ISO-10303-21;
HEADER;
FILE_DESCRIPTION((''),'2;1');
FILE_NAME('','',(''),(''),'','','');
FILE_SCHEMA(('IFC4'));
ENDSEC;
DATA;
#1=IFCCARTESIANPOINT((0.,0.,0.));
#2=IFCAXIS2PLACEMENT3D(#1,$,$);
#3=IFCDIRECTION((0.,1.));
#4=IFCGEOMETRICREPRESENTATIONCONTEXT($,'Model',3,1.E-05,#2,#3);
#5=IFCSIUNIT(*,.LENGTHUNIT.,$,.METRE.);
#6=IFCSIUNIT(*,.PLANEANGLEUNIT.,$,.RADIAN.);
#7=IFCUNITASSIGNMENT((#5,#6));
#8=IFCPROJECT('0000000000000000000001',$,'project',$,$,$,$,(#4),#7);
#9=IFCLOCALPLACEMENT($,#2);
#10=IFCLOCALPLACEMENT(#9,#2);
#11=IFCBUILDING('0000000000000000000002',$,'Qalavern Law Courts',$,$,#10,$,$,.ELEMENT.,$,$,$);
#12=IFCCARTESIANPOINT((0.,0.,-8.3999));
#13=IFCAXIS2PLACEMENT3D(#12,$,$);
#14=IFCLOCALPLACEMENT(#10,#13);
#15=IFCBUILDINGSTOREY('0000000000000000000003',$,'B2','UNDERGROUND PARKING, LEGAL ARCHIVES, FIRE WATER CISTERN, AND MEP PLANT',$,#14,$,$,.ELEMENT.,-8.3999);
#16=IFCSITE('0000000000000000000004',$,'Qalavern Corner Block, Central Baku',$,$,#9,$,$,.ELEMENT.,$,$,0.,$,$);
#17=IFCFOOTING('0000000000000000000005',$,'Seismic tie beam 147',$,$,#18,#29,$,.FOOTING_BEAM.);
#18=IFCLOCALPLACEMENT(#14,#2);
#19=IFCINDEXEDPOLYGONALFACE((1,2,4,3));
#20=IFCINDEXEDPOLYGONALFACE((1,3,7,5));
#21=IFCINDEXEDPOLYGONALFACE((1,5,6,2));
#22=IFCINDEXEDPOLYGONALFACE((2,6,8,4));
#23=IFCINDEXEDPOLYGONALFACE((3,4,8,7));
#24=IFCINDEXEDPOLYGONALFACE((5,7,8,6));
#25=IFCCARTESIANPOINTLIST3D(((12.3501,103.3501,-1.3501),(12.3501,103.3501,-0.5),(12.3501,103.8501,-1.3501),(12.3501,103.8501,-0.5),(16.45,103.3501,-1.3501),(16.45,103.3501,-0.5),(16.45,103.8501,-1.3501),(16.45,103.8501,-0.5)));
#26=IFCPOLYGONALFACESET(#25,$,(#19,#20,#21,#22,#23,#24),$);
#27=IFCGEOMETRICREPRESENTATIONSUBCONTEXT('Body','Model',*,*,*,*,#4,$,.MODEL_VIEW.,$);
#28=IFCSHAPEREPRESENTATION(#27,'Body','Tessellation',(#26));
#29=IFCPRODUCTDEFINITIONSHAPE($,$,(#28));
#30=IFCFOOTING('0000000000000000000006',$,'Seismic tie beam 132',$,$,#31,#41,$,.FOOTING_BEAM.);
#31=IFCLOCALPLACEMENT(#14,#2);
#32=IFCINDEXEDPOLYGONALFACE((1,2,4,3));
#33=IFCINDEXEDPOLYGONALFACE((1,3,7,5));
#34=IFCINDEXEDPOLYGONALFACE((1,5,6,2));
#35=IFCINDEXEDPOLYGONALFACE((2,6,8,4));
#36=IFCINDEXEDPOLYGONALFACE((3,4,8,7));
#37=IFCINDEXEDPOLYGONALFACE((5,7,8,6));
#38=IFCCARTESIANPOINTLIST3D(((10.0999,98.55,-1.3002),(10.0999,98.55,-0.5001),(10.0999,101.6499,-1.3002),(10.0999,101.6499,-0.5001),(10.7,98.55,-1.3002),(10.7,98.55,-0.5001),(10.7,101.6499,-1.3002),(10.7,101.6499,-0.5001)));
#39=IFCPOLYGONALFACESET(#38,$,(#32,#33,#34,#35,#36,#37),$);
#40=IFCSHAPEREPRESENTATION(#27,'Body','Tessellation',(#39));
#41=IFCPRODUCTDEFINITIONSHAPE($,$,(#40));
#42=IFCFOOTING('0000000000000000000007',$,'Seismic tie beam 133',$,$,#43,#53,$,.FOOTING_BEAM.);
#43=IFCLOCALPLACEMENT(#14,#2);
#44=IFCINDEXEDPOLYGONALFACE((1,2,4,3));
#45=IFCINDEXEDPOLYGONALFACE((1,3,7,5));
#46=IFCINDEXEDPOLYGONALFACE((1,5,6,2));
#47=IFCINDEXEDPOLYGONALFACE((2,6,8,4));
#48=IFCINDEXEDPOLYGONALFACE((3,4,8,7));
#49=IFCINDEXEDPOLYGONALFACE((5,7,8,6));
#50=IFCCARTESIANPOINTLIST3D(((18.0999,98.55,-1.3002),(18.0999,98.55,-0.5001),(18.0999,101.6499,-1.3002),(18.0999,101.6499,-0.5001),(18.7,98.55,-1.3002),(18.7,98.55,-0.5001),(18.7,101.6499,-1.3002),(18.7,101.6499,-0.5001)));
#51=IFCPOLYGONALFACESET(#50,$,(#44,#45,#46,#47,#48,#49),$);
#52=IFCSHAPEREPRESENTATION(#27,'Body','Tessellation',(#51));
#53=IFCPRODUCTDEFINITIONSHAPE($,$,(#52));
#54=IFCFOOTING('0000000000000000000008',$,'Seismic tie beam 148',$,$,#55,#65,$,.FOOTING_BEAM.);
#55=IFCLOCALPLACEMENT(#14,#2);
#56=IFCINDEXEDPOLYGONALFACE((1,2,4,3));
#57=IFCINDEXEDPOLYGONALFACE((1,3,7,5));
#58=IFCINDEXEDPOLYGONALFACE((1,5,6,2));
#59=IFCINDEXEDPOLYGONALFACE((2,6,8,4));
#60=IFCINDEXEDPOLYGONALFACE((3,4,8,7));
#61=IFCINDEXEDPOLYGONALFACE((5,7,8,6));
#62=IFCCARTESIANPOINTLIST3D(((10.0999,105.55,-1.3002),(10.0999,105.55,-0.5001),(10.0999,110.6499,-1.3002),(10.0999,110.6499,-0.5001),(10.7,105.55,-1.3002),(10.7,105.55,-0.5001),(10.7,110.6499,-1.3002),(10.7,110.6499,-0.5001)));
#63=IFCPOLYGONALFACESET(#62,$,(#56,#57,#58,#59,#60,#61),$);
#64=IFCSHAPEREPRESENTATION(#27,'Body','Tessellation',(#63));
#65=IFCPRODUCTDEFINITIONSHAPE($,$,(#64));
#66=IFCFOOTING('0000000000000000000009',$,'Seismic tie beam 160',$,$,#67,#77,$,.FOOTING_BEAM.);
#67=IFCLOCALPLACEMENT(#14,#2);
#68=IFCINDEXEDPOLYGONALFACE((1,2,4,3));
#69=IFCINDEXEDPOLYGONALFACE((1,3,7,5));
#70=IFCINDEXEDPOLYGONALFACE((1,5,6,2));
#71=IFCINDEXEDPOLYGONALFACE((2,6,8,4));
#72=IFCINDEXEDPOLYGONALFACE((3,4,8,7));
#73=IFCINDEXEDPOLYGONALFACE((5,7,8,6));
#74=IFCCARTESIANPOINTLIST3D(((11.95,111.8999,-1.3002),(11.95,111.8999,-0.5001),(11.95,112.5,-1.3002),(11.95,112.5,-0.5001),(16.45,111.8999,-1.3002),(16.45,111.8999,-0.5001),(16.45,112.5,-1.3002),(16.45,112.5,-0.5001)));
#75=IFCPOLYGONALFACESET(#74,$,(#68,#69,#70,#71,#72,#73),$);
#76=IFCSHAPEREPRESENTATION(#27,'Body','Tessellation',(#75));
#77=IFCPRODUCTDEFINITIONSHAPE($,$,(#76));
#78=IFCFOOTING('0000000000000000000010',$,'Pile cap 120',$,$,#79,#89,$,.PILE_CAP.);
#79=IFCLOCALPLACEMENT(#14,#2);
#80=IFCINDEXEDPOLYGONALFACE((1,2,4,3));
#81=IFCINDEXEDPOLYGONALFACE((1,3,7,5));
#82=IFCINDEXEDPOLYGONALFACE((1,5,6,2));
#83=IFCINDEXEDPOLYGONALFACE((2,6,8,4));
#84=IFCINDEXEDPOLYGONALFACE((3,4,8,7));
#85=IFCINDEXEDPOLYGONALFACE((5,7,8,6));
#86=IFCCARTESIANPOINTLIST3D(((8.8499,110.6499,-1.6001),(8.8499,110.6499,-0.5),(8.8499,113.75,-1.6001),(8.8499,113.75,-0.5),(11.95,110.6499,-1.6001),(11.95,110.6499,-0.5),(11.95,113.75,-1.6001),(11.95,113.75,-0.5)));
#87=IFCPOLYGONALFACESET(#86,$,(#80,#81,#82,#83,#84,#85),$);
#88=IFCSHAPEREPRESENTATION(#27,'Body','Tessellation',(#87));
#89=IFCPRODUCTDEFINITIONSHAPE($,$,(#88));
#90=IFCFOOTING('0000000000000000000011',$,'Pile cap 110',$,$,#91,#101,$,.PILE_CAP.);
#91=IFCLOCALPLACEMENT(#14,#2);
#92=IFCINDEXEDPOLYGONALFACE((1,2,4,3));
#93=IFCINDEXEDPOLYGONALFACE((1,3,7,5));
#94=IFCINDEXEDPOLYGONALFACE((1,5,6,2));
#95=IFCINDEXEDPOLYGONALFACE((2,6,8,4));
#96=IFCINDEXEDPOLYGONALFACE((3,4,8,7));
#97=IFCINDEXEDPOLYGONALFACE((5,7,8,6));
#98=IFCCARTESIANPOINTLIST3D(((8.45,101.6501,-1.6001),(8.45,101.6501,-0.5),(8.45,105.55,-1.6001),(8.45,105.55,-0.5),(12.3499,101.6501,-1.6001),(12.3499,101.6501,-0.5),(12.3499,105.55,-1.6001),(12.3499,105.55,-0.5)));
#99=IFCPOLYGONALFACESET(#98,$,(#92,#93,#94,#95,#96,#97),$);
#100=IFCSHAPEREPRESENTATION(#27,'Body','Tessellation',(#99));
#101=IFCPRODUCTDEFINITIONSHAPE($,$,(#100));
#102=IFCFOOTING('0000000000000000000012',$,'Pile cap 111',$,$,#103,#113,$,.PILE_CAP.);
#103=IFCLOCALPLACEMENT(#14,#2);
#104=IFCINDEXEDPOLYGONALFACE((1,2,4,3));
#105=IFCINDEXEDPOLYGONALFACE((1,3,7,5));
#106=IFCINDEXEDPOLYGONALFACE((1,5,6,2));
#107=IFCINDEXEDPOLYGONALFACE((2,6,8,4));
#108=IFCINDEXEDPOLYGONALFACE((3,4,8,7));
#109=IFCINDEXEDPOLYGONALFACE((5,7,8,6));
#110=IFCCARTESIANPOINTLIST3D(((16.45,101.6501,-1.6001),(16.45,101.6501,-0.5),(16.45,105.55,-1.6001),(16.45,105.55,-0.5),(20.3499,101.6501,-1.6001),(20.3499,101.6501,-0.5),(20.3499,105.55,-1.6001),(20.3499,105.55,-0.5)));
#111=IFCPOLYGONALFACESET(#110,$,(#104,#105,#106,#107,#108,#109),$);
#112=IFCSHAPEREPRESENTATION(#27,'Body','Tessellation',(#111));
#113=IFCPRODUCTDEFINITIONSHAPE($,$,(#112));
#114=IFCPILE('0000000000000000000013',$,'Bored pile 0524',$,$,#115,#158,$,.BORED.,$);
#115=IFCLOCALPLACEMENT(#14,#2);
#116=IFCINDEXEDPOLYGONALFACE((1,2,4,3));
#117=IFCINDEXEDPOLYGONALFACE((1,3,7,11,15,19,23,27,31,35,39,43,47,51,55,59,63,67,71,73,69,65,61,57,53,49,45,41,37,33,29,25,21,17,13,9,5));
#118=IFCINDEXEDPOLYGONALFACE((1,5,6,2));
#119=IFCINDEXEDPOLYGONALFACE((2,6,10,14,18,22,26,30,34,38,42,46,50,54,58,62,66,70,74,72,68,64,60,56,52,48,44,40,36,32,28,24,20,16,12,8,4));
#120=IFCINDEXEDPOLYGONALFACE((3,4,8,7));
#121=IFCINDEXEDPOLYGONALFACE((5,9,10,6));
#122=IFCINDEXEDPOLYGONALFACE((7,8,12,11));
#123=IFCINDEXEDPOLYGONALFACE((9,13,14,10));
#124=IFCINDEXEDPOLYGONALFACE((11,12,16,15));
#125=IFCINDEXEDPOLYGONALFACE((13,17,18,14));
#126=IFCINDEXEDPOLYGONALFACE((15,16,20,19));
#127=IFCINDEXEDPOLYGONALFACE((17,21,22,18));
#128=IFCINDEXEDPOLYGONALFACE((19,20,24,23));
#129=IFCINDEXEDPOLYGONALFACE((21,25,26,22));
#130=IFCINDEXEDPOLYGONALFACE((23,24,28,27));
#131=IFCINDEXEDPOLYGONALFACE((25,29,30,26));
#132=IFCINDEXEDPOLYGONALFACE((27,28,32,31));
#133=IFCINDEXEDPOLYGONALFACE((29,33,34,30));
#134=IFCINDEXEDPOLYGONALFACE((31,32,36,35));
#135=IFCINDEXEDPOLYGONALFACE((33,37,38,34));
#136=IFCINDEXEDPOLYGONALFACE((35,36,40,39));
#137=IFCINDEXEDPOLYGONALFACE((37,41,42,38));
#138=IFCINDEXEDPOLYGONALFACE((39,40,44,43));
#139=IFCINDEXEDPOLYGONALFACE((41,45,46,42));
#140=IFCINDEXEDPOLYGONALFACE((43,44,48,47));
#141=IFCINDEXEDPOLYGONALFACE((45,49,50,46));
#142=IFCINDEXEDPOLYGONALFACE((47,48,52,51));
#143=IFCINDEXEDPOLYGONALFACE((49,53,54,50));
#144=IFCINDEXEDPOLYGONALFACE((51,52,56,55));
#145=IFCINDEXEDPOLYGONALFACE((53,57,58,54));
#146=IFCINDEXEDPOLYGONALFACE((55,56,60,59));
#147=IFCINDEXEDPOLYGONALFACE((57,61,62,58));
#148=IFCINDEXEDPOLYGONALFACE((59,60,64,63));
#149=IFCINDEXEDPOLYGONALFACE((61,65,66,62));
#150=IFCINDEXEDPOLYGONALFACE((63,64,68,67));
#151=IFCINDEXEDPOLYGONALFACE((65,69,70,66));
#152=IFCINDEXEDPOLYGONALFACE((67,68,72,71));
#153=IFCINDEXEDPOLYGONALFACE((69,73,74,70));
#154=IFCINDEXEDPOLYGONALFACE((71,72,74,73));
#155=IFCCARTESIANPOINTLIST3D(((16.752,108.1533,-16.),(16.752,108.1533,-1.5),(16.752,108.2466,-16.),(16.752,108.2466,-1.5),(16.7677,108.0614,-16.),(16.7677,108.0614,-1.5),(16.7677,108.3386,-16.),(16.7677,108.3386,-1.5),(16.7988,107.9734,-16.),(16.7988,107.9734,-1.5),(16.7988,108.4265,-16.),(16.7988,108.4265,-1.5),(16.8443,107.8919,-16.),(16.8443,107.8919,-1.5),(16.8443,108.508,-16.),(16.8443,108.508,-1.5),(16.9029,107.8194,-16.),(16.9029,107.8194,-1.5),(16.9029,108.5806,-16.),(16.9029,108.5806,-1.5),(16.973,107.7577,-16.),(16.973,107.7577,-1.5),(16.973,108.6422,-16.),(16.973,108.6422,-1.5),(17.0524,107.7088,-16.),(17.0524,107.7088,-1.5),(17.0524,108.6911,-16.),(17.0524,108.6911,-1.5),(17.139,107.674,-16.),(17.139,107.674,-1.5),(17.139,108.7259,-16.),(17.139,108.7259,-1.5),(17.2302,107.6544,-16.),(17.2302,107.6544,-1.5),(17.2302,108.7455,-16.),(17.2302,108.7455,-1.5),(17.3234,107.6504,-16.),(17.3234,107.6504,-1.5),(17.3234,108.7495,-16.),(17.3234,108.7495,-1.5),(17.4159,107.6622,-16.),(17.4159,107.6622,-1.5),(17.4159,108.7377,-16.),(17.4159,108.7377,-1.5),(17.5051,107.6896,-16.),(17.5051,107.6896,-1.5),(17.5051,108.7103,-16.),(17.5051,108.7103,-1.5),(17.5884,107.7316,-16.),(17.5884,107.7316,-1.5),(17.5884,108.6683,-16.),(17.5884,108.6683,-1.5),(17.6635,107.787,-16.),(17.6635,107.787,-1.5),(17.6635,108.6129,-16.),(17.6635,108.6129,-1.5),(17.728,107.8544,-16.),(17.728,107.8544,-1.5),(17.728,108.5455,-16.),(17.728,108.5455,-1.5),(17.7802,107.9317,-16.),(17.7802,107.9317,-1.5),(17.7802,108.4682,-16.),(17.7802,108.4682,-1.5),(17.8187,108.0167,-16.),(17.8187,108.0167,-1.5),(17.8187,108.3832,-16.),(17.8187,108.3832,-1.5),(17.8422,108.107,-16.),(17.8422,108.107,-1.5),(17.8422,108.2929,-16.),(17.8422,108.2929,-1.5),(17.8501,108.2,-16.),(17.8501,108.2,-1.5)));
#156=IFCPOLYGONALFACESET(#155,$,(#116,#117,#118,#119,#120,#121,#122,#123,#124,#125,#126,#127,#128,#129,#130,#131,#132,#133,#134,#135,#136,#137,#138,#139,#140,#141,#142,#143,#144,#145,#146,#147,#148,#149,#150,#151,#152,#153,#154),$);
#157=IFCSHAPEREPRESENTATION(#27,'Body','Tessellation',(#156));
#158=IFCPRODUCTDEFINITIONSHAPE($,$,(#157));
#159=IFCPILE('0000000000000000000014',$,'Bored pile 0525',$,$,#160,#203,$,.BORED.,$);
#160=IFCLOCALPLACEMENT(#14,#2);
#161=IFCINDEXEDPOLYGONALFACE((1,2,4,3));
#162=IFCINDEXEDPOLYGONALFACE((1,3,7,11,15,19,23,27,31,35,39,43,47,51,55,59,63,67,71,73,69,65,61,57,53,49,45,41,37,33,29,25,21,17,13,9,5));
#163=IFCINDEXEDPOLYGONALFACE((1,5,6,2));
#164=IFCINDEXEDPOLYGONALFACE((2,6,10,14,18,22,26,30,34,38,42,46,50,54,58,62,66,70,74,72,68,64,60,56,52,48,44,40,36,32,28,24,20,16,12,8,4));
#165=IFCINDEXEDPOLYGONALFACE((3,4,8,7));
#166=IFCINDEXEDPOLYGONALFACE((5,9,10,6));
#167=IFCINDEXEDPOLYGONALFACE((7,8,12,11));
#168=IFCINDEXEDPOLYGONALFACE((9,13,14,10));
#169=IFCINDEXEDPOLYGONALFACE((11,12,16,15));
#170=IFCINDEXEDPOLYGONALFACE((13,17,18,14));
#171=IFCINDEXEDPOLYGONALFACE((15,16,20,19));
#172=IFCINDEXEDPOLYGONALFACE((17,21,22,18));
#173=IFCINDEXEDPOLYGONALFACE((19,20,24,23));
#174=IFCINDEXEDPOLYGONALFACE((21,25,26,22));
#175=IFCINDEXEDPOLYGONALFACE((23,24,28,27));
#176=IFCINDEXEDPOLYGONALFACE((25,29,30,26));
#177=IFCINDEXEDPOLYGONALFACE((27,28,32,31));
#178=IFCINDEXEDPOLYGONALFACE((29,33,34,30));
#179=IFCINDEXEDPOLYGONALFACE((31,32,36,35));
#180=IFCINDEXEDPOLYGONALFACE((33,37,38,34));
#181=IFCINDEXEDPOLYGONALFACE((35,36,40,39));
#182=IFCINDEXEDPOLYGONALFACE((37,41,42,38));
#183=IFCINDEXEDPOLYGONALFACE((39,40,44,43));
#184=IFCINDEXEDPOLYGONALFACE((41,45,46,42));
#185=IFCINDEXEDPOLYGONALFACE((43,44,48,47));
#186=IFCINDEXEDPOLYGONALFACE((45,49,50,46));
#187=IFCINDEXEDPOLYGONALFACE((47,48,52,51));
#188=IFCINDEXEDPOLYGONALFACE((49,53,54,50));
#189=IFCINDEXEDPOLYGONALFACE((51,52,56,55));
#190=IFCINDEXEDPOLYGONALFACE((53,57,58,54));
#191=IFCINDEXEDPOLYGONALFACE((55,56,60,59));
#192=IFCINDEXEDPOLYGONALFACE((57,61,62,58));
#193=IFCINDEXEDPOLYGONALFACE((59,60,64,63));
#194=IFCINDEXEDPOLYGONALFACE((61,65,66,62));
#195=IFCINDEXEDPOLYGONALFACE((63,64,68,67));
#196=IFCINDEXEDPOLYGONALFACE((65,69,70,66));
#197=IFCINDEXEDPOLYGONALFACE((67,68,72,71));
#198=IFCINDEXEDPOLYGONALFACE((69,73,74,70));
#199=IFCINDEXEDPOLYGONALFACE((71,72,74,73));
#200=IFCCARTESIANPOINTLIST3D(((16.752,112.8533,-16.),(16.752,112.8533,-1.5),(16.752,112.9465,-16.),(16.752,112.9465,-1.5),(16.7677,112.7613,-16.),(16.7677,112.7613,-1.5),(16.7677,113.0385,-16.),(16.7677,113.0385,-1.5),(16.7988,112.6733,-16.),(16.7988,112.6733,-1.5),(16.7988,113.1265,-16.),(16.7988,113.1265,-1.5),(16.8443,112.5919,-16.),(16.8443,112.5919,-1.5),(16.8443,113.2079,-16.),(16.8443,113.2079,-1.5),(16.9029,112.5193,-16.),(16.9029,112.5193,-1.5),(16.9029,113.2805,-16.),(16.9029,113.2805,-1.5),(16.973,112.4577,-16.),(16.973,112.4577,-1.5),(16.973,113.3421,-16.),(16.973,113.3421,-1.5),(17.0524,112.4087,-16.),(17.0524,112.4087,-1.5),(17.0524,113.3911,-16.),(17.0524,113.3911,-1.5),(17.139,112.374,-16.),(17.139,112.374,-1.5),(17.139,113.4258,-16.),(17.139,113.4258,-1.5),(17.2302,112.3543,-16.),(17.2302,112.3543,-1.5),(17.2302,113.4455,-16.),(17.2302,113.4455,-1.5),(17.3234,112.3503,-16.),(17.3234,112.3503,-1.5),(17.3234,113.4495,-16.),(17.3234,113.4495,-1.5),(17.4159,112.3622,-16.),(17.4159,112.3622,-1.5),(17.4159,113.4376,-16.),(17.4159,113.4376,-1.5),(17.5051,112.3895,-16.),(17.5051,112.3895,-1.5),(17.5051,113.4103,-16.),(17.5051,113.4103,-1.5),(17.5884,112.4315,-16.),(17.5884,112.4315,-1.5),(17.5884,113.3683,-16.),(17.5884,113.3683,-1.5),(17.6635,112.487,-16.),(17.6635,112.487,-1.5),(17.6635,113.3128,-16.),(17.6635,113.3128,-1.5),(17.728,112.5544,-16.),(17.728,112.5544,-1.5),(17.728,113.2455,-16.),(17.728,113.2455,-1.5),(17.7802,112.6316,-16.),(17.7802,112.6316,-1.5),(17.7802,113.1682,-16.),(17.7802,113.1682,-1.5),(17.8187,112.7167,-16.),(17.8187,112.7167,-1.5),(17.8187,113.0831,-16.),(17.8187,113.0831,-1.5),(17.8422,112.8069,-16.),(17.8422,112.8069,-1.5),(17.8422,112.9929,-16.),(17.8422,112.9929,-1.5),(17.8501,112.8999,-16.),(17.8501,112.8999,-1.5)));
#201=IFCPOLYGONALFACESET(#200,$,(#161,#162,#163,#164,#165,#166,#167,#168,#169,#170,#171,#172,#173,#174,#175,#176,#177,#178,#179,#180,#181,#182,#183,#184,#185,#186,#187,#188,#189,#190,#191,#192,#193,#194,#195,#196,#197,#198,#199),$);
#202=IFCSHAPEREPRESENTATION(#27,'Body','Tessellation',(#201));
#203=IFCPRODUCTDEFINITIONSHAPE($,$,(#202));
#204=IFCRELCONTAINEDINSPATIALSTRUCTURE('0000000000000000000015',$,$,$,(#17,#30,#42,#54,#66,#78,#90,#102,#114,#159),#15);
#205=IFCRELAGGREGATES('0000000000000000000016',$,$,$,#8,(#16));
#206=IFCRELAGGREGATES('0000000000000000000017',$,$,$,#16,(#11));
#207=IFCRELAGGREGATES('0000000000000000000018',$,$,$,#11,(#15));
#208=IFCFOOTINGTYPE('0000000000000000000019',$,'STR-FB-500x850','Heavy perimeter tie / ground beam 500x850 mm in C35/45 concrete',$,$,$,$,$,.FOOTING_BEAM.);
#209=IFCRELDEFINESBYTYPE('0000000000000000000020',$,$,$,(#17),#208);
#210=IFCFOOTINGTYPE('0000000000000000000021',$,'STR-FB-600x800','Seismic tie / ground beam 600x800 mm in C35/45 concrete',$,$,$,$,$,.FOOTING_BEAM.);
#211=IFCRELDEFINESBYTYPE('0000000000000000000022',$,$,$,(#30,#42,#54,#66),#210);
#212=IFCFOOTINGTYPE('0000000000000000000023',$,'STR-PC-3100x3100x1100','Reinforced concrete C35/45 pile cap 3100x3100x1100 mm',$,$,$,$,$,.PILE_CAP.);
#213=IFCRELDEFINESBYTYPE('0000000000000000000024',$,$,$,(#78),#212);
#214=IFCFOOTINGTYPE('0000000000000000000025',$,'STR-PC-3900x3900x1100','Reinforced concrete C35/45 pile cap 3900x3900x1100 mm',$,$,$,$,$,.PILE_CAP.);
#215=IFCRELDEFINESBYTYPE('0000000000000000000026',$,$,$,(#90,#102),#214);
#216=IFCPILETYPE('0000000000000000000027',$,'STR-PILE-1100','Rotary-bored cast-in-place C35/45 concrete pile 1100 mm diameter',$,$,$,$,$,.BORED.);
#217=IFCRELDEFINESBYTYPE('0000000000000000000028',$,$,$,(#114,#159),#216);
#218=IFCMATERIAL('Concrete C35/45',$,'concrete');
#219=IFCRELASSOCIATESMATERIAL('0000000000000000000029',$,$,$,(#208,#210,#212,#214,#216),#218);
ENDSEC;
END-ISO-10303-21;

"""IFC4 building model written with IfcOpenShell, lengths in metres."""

from ifc_helpers import new_model, si_unit, direction, frame, origin, origin_2d, place, context, subcontext, project, spatial, rectangle, circle, extrude, material, material_profile, profile_set, type_object, element, save


model = new_model("IFC4")

# Units and contexts
model_context = context("Model", 3, precision=1e-05, world=origin(), true_north=direction((0.0, 1.0)))
body_context = subcontext(model_context, "Body", "Model", "MODEL_VIEW")
ifc_project = project(units=[si_unit("LENGTHUNIT", "METRE"), si_unit("PLANEANGLEUNIT", "RADIAN")], contexts=[model_context])

# Site, building, storey
site_placement = place(None, origin())
site = spatial("IfcSite", under=ifc_project, at=site_placement, Name="Qalavern Corner Block, Central Baku", CompositionType="ELEMENT", RefElevation=0.0)
building_placement = place(site_placement, origin())
building = spatial("IfcBuilding", under=site, at=building_placement, Name="Qalavern Law Courts", CompositionType="ELEMENT")
storey_placement = place(building_placement, frame((0.0, 0.0, -8.3999)))
storey = spatial("IfcBuildingStorey", under=building, at=storey_placement, Name="B2", Description="UNDERGROUND PARKING, LEGAL ARCHIVES, FIRE WATER CISTERN, AND MEP PLANT", CompositionType="ELEMENT", Elevation=-8.3999)

# Footings
ifc_material_1 = material(Name="Concrete C35/45", Category="concrete")
ifc_material_profile_1 = material_profile(ifc_material_1, rectangle(XDim=0.5, YDim=0.8501, at=origin_2d()), Name="RC 500x850")
ifc_profile_set_1 = profile_set([ifc_material_profile_1], Name="Concrete C35/45")
footing_type_1 = type_object("IfcFootingType", Name="STR-FB-500x850", Description="Heavy perimeter tie / ground beam 500x850 mm in C35/45 concrete", PredefinedType="FOOTING_BEAM", material=ifc_profile_set_1)
footing_1_placement = place(storey_placement, frame((12.3501, 103.6001, -0.925), z_axis=(1.0, 0.0, 0.0), x_axis=(0.0, 1.0, 0.0)))
element("IfcFooting", 1, at=footing_1_placement, inside=storey, type_object=footing_type_1, Name="Seismic tie beam 147", PredefinedType="FOOTING_BEAM", context=body_context, shape_type="SweptSolid", body=[
    extrude(rectangle(XDim=0.5, YDim=0.8501, at=origin_2d()), origin(), (0.0, 0.0, 1.0), 4.0999),
])
ifc_material_profile_2 = material_profile(ifc_material_1, rectangle(XDim=0.6001, YDim=0.8, at=origin_2d()), Name="RC 600x800")
ifc_profile_set_2 = profile_set([ifc_material_profile_2], Name="Concrete C35/45")
footing_type_2 = type_object("IfcFootingType", Name="STR-FB-600x800", Description="Seismic tie / ground beam 600x800 mm in C35/45 concrete", PredefinedType="FOOTING_BEAM", material=ifc_profile_set_2)
for number, where, z_axis, x_axis, name in (
    (2, (10.3999, 98.55, -0.9001), (0.0, 1.0, 0.0), (-1.0, 0.0, 0.0), "Seismic tie beam 132"),
    (3, (18.3999, 98.55, -0.9001), (0.0, 1.0, 0.0), (-1.0, 0.0, 0.0), "Seismic tie beam 133"),
):
    element("IfcFooting", number, at=place(storey_placement, frame(where, z_axis=z_axis, x_axis=x_axis)), inside=storey, type_object=footing_type_2, Name=name, PredefinedType="FOOTING_BEAM", context=body_context, shape_type="SweptSolid", body=[
        extrude(rectangle(XDim=0.6001, YDim=0.8, at=origin_2d()), origin(), (0.0, 0.0, 1.0), 3.0999),
    ])
footing_2_placement = place(storey_placement, frame((10.3999, 105.55, -0.9001), z_axis=(0.0, 1.0, 0.0), x_axis=(-1.0, 0.0, 0.0)))
element("IfcFooting", 4, at=footing_2_placement, inside=storey, type_object=footing_type_2, Name="Seismic tie beam 148", PredefinedType="FOOTING_BEAM", context=body_context, shape_type="SweptSolid", body=[
    extrude(rectangle(XDim=0.6001, YDim=0.8, at=origin_2d()), origin(), (0.0, 0.0, 1.0), 5.0999),
])
footing_3_placement = place(storey_placement, frame((11.95, 112.2, -0.9001), z_axis=(1.0, 0.0, 0.0), x_axis=(0.0, 1.0, 0.0)))
element("IfcFooting", 5, at=footing_3_placement, inside=storey, type_object=footing_type_2, Name="Seismic tie beam 160", PredefinedType="FOOTING_BEAM", context=body_context, shape_type="SweptSolid", body=[
    extrude(rectangle(XDim=0.6001, YDim=0.8, at=origin_2d()), origin(), (0.0, 0.0, 1.0), 4.5),
])
footing_type_3 = type_object("IfcFootingType", Name="STR-PC-3100x3100x1100", Description="Reinforced concrete C35/45 pile cap 3100x3100x1100 mm", PredefinedType="PILE_CAP", material=ifc_material_1)
footing_4_placement = place(storey_placement, frame((10.3999, 112.2, -1.6001), z_axis=(0.0, 0.0, 1.0), x_axis=(1.0, 0.0, 0.0)))
element("IfcFooting", 6, at=footing_4_placement, inside=storey, type_object=footing_type_3, Name="Pile cap 120", PredefinedType="PILE_CAP", context=body_context, shape_type="SweptSolid", body=[
    extrude(rectangle(XDim=3.1001, YDim=3.1001, at=origin_2d()), origin(), (0.0, 0.0, 1.0), 1.1001),
])
footing_type_4 = type_object("IfcFootingType", Name="STR-PC-3900x3900x1100", Description="Reinforced concrete C35/45 pile cap 3900x3900x1100 mm", PredefinedType="PILE_CAP", material=ifc_material_1)
for number, where, z_axis, x_axis, name in (
    (7, (10.3999, 103.6001, -1.6001), (0.0, 0.0, 1.0), (1.0, 0.0, 0.0), "Pile cap 110"),
    (8, (18.3999, 103.6001, -1.6001), (0.0, 0.0, 1.0), (1.0, 0.0, 0.0), "Pile cap 111"),
):
    element("IfcFooting", number, at=place(storey_placement, frame(where, z_axis=z_axis, x_axis=x_axis)), inside=storey, type_object=footing_type_4, Name=name, PredefinedType="PILE_CAP", context=body_context, shape_type="SweptSolid", body=[
        extrude(rectangle(XDim=3.8999, YDim=3.8999, at=origin_2d()), origin(), (0.0, 0.0, 1.0), 1.1001),
    ])

# Piles
ifc_material_profile_3 = material_profile(ifc_material_1, circle(Radius=0.55, at=origin_2d()), Name="BORED PILE 1100")
ifc_profile_set_3 = profile_set([ifc_material_profile_3], Name="Concrete C35/45")
pile_type_1 = type_object("IfcPileType", Name="STR-PILE-1100", Description="Rotary-bored cast-in-place C35/45 concrete pile 1100 mm diameter", PredefinedType="BORED", material=ifc_profile_set_3)
for number, where, z_axis, x_axis, name in (
    (9, (17.3, 108.2, -1.5), (0.0, 0.0, -1.0), (1.0, 0.0, 0.0), "Bored pile 0524"),
    (10, (17.3, 112.8999, -1.5), (0.0, 0.0, -1.0), (1.0, 0.0, 0.0), "Bored pile 0525"),
):
    element("IfcPile", number, at=place(storey_placement, frame(where, z_axis=z_axis, x_axis=x_axis)), inside=storey, type_object=pile_type_1, Name=name, PredefinedType="BORED", context=body_context, shape_type="SweptSolid", body=[
        extrude(circle(Radius=0.55, at=origin_2d()), origin(), (0.0, 0.0, 1.0), 14.5),
    ])

save(model, "model.ifc")
